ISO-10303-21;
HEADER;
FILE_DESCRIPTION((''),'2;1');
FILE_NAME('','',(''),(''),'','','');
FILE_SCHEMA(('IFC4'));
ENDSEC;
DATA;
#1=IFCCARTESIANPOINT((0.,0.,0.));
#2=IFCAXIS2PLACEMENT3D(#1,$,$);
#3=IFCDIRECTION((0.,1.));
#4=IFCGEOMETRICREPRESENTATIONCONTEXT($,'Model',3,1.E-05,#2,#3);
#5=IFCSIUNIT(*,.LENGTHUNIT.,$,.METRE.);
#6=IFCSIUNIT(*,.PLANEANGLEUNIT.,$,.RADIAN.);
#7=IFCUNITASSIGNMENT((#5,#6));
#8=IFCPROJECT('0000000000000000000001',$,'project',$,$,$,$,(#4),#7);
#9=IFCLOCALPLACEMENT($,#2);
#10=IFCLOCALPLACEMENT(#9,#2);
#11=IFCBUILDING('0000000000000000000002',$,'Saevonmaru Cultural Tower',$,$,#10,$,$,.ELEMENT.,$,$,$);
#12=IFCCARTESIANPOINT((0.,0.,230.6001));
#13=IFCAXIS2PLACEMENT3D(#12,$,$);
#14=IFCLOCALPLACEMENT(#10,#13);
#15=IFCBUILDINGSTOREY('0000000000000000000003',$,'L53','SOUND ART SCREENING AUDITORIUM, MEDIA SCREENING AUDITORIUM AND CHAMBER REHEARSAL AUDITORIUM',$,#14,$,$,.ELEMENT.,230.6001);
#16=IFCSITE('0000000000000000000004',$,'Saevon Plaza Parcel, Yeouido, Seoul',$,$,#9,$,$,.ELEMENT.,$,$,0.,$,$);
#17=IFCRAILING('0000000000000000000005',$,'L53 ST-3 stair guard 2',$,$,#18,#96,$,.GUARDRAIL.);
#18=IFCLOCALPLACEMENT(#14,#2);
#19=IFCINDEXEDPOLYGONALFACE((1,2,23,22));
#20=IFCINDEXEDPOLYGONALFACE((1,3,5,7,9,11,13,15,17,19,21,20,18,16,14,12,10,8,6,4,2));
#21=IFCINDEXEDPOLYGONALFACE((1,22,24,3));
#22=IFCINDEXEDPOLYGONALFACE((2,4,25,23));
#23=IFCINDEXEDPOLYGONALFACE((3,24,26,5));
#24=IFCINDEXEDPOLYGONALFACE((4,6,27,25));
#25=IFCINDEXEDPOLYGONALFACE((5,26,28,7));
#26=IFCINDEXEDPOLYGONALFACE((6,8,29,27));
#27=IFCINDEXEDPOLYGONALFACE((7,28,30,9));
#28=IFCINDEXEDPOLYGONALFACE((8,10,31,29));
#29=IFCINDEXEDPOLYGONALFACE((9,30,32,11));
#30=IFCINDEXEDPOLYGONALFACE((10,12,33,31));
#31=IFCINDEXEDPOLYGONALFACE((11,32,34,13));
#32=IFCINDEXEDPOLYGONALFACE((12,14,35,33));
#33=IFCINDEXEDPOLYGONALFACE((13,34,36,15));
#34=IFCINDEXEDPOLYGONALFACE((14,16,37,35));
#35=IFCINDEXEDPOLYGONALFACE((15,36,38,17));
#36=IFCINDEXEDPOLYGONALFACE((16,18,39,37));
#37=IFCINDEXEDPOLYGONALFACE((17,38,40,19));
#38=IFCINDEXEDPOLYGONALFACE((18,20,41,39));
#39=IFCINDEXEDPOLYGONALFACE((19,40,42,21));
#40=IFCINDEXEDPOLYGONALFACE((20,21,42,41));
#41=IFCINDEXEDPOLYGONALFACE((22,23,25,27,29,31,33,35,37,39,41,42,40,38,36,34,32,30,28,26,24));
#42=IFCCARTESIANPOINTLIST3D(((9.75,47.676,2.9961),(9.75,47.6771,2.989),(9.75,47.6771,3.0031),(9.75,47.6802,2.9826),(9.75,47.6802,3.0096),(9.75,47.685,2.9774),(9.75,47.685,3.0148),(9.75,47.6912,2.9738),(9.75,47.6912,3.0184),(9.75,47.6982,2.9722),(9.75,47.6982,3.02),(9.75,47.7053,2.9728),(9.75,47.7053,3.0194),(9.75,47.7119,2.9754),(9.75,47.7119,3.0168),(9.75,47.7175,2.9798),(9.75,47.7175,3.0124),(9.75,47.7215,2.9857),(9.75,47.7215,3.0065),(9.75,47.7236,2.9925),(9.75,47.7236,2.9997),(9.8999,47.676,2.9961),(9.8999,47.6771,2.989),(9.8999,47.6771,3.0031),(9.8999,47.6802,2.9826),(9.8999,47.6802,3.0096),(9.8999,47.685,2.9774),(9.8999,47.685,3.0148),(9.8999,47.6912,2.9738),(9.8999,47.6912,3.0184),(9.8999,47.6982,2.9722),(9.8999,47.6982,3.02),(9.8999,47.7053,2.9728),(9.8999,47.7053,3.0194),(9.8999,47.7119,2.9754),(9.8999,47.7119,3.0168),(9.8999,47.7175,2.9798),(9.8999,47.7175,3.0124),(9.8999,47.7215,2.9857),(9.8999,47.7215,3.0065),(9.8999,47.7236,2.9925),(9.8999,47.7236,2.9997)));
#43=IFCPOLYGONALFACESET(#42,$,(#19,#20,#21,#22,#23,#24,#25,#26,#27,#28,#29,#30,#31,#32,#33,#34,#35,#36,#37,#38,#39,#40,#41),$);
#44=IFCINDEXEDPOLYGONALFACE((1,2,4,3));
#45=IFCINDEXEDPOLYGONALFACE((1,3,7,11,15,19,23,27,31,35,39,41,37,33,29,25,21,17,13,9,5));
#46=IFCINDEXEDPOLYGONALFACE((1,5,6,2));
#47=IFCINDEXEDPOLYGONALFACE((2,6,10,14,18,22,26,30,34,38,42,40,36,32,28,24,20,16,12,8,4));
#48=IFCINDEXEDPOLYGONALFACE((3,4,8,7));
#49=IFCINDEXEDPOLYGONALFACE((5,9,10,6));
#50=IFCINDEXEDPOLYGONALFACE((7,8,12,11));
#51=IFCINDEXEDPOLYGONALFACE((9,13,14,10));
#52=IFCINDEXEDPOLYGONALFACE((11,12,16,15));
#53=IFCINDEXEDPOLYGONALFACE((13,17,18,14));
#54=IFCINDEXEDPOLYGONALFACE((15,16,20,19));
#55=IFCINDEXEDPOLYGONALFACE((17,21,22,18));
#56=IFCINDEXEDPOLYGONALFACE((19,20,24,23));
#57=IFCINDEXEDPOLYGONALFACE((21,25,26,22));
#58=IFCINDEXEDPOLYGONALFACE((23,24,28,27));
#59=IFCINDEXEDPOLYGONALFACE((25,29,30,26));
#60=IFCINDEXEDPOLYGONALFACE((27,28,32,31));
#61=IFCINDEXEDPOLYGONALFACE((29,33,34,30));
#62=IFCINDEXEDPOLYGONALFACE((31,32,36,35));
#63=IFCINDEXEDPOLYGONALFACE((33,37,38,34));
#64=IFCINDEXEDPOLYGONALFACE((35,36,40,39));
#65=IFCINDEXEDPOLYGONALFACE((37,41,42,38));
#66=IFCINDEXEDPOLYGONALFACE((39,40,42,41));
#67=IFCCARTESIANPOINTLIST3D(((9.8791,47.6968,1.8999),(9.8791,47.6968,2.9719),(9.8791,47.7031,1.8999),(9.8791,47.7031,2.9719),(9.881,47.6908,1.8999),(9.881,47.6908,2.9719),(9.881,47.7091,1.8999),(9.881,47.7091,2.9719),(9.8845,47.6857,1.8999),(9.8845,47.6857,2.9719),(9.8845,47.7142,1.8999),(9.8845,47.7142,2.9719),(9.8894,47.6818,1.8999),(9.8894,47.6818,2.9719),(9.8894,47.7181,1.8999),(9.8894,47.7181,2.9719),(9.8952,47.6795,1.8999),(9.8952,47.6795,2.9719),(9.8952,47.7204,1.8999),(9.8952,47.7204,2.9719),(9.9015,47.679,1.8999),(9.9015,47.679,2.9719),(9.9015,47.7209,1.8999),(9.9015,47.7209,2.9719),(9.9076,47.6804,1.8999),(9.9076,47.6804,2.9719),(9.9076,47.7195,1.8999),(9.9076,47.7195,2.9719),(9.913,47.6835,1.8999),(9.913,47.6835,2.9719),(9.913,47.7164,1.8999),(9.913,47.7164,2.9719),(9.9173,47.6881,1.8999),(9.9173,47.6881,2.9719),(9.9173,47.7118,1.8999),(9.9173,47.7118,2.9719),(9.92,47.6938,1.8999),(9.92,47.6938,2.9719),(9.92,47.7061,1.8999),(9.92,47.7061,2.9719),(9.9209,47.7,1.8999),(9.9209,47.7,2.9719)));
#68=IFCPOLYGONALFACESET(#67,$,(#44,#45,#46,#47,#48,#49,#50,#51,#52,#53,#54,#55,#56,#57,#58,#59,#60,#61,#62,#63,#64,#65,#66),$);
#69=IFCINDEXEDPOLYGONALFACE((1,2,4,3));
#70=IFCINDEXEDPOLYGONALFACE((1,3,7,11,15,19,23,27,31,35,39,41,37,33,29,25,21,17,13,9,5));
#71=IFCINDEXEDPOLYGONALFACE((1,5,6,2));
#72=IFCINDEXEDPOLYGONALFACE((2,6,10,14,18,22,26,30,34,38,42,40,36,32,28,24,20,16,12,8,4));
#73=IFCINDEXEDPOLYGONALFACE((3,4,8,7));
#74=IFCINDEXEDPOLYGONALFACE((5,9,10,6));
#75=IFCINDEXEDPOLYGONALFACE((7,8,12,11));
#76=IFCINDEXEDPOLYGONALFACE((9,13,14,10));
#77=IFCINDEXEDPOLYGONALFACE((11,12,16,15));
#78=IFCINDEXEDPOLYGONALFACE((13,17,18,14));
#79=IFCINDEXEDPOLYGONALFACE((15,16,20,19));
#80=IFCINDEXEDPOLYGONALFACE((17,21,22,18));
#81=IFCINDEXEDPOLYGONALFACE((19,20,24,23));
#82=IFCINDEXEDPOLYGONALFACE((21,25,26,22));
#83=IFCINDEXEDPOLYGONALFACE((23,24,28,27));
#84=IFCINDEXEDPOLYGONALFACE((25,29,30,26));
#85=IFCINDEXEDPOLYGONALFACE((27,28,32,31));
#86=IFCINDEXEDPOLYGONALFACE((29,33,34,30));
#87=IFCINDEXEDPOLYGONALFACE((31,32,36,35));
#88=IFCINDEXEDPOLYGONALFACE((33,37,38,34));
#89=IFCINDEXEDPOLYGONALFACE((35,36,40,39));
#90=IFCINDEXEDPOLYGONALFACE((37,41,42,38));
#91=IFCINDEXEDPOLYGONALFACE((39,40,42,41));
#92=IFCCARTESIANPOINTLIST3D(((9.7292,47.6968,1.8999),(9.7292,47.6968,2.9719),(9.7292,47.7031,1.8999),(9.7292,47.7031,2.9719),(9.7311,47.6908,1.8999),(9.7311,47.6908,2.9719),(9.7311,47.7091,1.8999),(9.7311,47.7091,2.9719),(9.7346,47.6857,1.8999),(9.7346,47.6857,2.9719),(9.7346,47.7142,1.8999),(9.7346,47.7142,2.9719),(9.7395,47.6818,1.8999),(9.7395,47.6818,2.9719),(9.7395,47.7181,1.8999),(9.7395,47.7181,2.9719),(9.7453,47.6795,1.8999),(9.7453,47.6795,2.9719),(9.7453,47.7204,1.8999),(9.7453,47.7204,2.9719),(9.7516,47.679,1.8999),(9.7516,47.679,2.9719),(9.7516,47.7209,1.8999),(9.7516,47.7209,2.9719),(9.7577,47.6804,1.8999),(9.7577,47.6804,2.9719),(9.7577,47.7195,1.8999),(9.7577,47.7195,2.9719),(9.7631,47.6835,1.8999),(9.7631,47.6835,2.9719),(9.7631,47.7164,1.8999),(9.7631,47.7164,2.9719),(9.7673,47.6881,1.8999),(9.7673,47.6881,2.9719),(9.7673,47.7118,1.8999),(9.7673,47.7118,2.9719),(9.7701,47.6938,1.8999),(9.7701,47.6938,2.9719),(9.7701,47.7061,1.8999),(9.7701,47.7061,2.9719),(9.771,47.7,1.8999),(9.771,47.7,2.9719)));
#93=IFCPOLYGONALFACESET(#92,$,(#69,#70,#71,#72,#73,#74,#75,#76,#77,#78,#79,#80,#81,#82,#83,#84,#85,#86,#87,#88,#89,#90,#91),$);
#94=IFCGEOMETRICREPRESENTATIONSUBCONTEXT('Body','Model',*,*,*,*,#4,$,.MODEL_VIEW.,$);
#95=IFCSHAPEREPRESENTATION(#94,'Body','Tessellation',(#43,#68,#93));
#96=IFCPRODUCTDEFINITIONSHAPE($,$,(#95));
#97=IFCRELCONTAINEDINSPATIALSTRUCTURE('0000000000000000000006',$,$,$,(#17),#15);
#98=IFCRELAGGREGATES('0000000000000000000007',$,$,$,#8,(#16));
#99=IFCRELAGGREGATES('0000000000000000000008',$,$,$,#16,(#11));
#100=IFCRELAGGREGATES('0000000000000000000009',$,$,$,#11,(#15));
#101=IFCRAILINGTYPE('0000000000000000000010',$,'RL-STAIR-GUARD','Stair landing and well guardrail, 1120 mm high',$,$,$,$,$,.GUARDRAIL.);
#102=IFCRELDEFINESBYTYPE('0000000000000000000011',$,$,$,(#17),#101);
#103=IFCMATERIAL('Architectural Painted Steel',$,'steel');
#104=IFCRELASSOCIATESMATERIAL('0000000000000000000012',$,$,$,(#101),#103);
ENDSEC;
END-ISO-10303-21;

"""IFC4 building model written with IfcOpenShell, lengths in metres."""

from ifc_helpers import new_model, si_unit, direction, frame, origin, origin_2d, place, context, subcontext, project, spatial, circle, extrude, material, type_object, element, save


model = new_model("IFC4")

# Units and contexts
model_context = context("Model", 3, precision=1e-05, world=origin(), true_north=direction((0.0, 1.0)))
body_context = subcontext(model_context, "Body", "Model", "MODEL_VIEW")
ifc_project = project(units=[si_unit("LENGTHUNIT", "METRE"), si_unit("PLANEANGLEUNIT", "RADIAN")], contexts=[model_context])

# Site, building, storey
site_placement = place(None, origin())
site = spatial("IfcSite", under=ifc_project, at=site_placement, Name="Saevon Plaza Parcel, Yeouido, Seoul", CompositionType="ELEMENT", RefElevation=0.0)
building_placement = place(site_placement, origin())
building = spatial("IfcBuilding", under=site, at=building_placement, Name="Saevonmaru Cultural Tower", CompositionType="ELEMENT")
storey_placement = place(building_placement, frame((0.0, 0.0, 230.6001)))
storey = spatial("IfcBuildingStorey", under=building, at=storey_placement, Name="L53", Description="SOUND ART SCREENING AUDITORIUM, MEDIA SCREENING AUDITORIUM AND CHAMBER REHEARSAL AUDITORIUM", CompositionType="ELEMENT", Elevation=230.6001)

# Railing
ifc_material_1 = material(Name="Architectural Painted Steel", Category="steel")
railing_type_1 = type_object("IfcRailingType", Name="RL-STAIR-GUARD", Description="Stair landing and well guardrail, 1120 mm high", PredefinedType="GUARDRAIL", material=ifc_material_1)
railing_1_placement = place(storey_placement, frame((9.8999, 47.7, 1.8999)))
element("IfcRailing", 1, at=railing_1_placement, inside=storey, type_object=railing_type_1, Name="L53 ST-3 stair guard 2", PredefinedType="GUARDRAIL", context=body_context, shape_type="SweptSolid", body=[
    extrude(circle(Radius=0.0239, at=origin_2d()), frame((0.0, 0.0, 1.0962), z_axis=(-1.0, 0.0, 0.0), x_axis=(0.0, -1.0, 0.0)), (0.0, 0.0, 1.0), 0.1499),
    extrude(circle(Radius=0.021, at=origin_2d()), origin(), (0.0, 0.0, 1.0), 1.072),
    extrude(circle(Radius=0.021, at=origin_2d()), frame((-0.1499, 0.0, 0.0)), (0.0, 0.0, 1.0), 1.072),
])

save(model, "model.ifc")
